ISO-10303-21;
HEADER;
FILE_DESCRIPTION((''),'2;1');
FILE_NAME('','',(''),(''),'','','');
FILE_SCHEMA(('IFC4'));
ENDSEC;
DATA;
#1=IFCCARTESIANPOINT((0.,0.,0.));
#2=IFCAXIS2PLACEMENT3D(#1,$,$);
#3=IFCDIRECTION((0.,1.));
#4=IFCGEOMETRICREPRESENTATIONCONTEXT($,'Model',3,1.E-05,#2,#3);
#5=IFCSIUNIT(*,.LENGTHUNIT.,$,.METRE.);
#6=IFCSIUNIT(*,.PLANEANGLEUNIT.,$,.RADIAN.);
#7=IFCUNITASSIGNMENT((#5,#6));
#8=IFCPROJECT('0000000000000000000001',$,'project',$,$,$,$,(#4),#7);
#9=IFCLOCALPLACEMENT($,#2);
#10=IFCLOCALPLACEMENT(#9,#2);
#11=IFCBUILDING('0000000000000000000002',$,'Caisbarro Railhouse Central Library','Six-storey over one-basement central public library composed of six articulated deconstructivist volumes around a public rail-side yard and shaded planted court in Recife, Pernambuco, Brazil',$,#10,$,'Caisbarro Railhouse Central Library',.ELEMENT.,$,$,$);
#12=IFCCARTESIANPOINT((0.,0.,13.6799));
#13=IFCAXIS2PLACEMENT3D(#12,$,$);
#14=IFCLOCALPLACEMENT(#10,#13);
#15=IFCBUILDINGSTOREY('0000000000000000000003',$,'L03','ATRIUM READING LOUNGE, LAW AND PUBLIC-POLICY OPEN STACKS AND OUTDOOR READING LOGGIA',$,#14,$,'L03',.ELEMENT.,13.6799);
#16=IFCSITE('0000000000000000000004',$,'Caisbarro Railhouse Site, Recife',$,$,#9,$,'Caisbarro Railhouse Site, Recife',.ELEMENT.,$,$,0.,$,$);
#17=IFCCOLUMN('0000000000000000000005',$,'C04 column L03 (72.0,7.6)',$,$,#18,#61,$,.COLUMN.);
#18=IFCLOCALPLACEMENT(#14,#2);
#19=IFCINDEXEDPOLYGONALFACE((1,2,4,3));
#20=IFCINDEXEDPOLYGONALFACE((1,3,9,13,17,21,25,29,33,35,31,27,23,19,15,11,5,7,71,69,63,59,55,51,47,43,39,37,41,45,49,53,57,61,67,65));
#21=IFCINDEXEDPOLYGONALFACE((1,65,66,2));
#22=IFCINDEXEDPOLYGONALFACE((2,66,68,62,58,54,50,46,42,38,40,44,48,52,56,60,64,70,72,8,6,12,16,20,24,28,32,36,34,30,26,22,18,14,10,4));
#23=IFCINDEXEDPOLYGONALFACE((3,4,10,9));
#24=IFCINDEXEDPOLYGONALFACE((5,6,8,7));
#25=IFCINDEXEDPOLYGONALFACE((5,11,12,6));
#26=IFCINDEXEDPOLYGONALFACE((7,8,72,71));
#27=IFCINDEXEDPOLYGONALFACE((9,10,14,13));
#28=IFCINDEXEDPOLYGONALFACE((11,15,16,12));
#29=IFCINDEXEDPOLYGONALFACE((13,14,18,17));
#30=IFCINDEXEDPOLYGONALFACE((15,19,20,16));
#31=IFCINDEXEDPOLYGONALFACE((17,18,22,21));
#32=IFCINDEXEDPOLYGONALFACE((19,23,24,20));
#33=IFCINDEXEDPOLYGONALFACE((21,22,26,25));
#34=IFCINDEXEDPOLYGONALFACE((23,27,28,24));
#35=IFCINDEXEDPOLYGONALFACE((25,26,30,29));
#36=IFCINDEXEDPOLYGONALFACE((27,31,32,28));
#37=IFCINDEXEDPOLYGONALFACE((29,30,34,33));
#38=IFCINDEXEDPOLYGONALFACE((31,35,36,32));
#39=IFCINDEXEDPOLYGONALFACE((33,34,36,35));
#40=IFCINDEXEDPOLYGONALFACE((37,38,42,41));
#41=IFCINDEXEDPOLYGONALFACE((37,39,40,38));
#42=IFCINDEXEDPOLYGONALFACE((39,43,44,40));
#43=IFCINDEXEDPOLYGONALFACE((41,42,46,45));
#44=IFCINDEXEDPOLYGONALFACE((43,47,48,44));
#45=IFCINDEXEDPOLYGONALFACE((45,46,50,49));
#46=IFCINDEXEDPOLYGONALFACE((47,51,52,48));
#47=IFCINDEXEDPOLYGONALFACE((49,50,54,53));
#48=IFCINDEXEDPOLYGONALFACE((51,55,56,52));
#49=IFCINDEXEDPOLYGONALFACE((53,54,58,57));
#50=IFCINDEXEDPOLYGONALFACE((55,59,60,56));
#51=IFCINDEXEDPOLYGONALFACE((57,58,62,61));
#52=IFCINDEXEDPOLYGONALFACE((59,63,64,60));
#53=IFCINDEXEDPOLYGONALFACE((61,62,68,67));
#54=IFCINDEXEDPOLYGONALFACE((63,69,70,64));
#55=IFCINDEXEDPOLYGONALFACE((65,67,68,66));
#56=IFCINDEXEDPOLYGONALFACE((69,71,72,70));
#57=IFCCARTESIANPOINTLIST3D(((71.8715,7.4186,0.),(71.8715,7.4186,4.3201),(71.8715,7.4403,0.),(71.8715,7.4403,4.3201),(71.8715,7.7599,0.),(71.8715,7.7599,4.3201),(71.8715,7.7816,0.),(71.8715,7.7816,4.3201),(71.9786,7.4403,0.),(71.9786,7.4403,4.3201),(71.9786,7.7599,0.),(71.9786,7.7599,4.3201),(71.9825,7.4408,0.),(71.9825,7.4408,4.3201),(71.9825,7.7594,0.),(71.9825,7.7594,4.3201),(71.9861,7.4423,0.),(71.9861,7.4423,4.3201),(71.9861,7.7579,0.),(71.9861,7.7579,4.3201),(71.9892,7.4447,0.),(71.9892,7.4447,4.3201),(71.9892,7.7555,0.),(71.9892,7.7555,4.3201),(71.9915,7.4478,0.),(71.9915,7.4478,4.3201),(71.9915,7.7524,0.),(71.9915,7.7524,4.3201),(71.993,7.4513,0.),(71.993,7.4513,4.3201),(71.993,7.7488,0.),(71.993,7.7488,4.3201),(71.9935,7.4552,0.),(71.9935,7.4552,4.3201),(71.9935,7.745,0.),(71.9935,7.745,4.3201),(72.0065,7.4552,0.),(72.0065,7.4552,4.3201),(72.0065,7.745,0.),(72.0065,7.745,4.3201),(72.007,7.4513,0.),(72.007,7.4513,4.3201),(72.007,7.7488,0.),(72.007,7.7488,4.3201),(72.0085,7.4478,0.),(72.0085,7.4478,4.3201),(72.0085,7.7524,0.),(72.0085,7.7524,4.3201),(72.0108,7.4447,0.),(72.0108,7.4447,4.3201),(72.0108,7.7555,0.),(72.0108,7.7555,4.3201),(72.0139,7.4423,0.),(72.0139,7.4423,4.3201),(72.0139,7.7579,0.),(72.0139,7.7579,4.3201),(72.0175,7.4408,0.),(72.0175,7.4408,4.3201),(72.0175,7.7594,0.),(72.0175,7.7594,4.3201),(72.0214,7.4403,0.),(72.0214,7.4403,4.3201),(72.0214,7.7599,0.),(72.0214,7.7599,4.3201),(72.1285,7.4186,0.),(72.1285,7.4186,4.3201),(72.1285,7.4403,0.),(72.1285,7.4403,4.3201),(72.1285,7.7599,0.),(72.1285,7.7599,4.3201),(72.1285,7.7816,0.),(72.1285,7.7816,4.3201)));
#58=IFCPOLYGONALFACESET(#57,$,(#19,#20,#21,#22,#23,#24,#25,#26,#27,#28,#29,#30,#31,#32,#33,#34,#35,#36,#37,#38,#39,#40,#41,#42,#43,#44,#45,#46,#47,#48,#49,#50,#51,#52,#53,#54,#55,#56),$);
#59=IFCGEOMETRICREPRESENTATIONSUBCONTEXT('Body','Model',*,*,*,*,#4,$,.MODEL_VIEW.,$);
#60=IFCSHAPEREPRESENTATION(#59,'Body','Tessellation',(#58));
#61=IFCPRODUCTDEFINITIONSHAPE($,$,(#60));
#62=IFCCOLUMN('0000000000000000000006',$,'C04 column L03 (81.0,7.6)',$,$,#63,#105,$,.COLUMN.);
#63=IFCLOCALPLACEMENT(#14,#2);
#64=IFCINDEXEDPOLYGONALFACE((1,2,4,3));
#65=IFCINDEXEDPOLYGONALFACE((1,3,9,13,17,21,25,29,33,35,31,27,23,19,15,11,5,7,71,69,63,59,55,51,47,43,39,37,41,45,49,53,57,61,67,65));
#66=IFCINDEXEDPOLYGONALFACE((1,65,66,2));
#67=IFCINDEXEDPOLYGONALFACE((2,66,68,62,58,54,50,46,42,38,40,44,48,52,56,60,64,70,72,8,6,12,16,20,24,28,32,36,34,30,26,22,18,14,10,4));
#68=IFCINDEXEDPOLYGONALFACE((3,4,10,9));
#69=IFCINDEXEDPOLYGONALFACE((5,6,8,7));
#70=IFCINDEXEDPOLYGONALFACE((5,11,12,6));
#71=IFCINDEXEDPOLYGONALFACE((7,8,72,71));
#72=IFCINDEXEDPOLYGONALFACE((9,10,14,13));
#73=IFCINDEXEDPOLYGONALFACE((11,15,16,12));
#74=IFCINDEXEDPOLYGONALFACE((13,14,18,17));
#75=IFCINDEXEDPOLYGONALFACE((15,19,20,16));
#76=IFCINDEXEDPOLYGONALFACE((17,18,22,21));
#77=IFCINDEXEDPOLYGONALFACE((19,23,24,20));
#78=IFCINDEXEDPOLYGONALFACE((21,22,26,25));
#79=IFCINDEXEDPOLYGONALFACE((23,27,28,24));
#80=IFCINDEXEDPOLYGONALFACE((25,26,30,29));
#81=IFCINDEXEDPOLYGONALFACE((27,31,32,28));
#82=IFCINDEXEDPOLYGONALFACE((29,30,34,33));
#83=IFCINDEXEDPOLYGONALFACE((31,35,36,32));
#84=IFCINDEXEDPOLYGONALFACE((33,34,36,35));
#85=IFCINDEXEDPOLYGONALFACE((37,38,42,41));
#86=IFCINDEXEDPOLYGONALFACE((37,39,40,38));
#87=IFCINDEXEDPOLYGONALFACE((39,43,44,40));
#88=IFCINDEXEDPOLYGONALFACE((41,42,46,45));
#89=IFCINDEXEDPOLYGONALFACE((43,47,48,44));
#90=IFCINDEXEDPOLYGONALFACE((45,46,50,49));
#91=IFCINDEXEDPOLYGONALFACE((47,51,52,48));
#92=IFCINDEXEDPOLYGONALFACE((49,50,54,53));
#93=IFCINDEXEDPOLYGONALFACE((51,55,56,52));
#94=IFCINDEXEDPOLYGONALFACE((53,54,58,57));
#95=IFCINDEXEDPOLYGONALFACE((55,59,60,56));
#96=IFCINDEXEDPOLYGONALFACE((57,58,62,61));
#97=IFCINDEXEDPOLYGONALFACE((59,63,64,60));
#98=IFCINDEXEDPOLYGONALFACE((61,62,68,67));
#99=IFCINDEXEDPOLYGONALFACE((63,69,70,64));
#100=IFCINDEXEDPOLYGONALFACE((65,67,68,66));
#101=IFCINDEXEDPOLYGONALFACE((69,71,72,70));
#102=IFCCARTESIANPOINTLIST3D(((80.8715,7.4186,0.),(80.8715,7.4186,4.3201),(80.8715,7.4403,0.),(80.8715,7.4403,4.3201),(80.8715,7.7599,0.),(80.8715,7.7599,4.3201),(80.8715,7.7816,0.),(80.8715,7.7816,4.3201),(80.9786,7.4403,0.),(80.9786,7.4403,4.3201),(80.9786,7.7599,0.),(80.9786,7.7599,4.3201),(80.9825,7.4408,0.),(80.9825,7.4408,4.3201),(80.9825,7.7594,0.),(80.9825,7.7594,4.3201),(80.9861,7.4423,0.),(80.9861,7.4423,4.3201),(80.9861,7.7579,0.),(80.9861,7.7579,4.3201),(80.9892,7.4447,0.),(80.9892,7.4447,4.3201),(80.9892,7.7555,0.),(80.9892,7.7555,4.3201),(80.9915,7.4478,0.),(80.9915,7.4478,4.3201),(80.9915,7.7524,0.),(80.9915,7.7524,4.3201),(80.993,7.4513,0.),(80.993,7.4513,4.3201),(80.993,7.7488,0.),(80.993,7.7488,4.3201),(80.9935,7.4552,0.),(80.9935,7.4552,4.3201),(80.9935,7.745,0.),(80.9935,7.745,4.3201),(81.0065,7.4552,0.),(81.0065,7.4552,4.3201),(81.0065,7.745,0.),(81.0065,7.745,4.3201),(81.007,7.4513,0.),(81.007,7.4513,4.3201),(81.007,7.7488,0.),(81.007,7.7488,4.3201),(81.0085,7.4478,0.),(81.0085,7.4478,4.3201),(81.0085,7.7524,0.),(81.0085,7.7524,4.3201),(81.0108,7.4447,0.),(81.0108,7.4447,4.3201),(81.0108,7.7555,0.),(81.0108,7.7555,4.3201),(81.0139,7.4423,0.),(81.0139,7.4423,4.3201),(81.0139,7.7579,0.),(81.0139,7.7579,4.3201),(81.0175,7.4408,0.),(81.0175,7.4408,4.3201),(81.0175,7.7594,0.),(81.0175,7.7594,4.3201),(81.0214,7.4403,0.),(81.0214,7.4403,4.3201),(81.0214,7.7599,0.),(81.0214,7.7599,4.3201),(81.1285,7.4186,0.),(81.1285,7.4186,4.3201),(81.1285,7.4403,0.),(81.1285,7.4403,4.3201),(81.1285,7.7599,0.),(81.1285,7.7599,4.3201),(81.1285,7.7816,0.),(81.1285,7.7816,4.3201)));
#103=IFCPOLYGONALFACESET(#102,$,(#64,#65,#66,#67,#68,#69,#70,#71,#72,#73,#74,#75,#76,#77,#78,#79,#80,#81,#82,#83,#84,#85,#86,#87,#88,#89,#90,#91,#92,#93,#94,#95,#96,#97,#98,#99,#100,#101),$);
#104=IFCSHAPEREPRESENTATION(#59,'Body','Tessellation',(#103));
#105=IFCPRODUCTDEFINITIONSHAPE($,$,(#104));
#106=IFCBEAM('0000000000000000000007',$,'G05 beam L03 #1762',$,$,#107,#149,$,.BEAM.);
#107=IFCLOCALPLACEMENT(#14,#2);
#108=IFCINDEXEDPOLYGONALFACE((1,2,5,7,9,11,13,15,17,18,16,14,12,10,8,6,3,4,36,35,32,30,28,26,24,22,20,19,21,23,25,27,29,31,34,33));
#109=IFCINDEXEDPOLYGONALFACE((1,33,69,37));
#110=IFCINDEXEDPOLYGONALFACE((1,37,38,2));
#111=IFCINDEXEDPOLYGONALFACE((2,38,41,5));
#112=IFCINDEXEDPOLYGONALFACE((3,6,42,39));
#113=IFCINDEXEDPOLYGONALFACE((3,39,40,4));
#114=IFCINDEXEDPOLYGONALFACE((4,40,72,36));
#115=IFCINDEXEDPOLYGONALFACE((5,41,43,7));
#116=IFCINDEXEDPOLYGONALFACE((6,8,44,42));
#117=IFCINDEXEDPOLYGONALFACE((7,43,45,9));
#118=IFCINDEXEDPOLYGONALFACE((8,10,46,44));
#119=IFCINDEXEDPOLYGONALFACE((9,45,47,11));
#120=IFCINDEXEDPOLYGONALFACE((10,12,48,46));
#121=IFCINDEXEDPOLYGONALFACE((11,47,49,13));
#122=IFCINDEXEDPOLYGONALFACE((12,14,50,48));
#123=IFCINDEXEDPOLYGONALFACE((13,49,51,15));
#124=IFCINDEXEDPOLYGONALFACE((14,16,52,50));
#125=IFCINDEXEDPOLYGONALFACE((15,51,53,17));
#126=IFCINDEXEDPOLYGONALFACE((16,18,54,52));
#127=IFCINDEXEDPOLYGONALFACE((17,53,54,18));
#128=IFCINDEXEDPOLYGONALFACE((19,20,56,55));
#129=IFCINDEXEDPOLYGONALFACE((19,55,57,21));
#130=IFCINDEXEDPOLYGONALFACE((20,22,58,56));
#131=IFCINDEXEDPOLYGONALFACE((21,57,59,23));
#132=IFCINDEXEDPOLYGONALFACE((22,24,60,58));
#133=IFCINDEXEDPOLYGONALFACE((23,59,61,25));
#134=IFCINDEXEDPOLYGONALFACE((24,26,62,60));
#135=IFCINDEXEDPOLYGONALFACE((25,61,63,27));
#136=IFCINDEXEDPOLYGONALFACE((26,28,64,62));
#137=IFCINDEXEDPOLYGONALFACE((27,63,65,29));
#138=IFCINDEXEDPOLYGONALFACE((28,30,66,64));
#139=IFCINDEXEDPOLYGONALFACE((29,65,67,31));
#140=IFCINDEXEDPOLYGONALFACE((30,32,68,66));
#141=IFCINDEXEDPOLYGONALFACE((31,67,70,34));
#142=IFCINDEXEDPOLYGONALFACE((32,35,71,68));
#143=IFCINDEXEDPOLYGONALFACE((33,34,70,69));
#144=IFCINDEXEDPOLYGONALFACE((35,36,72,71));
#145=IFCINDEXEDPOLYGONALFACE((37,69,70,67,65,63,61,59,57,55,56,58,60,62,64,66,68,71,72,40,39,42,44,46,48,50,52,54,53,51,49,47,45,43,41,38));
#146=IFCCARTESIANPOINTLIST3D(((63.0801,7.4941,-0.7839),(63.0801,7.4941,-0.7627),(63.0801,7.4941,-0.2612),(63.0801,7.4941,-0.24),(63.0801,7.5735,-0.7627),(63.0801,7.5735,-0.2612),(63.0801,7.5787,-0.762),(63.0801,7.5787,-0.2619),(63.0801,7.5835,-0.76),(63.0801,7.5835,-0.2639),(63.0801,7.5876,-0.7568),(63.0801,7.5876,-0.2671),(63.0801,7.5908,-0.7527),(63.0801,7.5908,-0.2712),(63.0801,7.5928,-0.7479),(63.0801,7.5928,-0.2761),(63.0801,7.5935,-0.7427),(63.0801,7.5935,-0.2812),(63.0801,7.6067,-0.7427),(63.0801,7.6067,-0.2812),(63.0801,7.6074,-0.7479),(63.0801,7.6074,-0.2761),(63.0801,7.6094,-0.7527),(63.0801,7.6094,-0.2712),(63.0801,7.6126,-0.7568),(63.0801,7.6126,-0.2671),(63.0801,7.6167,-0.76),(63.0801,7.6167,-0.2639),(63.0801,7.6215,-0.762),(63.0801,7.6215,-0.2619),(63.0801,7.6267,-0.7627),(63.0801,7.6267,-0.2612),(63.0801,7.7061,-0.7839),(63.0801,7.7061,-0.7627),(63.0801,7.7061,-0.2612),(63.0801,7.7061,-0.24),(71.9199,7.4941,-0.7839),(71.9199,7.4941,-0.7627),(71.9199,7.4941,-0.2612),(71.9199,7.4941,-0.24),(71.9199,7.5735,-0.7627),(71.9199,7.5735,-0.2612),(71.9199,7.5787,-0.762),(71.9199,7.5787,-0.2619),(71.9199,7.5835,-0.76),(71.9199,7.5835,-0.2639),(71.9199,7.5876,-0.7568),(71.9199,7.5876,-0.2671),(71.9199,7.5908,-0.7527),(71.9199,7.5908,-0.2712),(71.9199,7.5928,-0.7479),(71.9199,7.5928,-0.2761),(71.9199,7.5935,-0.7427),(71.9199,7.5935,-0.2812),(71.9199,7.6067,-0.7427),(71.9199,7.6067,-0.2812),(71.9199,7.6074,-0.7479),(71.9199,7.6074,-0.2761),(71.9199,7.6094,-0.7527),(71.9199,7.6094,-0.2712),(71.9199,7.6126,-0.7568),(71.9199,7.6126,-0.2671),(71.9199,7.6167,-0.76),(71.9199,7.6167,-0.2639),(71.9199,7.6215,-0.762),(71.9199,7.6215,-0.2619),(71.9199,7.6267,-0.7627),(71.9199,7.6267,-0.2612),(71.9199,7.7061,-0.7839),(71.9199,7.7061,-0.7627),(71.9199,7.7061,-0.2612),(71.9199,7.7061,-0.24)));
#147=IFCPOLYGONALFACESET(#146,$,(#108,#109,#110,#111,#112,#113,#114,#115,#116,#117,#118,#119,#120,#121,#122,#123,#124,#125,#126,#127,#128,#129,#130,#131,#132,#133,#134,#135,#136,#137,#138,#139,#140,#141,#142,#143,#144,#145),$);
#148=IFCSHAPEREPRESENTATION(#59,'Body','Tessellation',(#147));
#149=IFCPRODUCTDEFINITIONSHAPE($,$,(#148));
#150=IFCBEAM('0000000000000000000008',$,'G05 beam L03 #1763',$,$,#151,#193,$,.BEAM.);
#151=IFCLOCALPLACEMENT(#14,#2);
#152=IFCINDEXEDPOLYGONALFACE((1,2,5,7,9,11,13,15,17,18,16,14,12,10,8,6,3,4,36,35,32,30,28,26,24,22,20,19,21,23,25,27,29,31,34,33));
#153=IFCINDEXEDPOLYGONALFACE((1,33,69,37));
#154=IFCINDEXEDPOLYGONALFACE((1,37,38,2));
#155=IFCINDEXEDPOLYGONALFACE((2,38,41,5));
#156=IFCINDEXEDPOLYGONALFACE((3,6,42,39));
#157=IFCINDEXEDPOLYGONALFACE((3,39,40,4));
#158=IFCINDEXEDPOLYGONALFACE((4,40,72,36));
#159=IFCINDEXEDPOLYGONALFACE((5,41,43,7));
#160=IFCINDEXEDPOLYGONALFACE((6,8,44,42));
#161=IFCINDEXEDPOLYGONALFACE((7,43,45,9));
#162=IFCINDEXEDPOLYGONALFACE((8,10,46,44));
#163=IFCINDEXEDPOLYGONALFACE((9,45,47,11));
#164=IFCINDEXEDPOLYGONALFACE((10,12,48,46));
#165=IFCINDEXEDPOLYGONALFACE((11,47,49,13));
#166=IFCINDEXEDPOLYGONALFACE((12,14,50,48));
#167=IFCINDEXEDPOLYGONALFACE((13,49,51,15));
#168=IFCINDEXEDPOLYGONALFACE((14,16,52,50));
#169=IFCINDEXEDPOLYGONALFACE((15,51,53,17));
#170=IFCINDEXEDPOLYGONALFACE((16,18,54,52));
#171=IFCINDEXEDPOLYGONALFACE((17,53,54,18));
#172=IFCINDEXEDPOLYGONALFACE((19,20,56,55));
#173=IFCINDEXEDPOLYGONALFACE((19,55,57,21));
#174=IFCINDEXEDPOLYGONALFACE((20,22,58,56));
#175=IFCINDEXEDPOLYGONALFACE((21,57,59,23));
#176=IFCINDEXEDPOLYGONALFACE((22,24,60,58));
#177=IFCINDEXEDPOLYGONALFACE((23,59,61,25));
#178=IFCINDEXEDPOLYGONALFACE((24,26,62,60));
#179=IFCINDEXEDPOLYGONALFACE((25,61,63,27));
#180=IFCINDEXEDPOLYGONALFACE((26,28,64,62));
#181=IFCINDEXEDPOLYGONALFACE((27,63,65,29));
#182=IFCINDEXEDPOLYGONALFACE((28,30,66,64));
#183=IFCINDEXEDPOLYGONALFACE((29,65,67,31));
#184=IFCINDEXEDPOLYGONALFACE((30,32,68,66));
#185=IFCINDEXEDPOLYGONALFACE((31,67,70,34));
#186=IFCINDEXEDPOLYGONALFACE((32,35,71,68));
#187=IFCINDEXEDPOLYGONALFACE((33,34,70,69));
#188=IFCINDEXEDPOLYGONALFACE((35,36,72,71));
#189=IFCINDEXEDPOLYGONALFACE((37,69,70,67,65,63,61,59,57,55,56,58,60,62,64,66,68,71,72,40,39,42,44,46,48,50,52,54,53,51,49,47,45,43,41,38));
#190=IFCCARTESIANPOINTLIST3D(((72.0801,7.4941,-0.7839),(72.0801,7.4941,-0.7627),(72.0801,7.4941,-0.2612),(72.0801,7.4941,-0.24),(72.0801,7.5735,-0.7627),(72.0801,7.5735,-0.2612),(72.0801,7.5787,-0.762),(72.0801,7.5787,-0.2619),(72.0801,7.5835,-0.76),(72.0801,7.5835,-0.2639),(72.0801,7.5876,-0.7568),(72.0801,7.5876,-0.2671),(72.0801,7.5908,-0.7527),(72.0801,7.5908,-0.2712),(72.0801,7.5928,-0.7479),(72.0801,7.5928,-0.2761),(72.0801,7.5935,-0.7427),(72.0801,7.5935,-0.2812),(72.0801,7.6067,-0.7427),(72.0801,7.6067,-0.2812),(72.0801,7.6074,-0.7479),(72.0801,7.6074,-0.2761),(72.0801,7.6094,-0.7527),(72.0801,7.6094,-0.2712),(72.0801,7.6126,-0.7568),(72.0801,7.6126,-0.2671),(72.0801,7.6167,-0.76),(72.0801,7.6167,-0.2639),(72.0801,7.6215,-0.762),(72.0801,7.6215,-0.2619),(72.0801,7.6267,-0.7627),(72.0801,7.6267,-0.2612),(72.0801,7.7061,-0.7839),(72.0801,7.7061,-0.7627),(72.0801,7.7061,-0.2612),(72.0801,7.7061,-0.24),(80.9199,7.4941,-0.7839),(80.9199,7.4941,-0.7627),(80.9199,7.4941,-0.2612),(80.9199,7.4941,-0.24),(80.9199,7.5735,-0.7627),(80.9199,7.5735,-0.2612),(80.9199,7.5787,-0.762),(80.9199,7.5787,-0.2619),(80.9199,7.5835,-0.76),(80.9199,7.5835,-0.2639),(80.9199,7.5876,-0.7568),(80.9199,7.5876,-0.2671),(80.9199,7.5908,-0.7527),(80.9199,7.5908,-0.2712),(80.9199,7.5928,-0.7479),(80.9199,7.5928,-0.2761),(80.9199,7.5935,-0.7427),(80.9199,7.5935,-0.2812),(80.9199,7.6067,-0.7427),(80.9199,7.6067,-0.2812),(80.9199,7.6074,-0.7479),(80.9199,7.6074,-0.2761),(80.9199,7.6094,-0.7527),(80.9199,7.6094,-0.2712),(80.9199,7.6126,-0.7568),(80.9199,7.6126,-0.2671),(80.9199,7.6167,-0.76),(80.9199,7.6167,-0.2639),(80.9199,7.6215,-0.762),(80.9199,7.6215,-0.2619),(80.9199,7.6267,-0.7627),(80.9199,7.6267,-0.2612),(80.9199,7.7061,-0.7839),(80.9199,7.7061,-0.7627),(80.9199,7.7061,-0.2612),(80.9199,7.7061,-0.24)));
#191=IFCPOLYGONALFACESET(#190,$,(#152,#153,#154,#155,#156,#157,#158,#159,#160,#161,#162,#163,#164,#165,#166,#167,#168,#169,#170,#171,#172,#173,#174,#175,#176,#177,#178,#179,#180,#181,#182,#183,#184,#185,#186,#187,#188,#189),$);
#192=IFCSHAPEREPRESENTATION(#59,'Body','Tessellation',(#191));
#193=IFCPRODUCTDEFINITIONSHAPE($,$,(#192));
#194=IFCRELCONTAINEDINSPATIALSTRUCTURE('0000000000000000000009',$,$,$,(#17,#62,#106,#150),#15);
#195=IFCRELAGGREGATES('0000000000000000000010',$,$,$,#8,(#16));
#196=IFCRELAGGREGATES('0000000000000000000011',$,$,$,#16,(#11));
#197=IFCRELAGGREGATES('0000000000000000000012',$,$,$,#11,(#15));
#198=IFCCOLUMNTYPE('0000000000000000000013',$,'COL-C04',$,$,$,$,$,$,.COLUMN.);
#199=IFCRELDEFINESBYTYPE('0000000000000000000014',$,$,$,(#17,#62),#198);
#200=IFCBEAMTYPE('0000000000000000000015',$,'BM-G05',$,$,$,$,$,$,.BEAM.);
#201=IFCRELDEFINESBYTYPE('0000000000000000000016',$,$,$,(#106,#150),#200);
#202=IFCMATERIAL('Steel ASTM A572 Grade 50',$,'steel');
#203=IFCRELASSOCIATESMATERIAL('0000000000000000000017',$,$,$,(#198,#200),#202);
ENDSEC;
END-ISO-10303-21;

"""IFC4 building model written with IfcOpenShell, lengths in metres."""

from ifc_helpers import new_model, si_unit, direction, frame, origin, origin_2d, place, context, subcontext, project, spatial, i_section, extrude, material, material_profile, profile_set, type_object, element, save


model = new_model("IFC4")

# Units and contexts
model_context = context("Model", 3, precision=1e-05, world=origin(), true_north=direction((0.0, 1.0)))
body_context = subcontext(model_context, "Body", "Model", "MODEL_VIEW")
ifc_project = project(units=[si_unit("LENGTHUNIT", "METRE"), si_unit("PLANEANGLEUNIT", "RADIAN")], contexts=[model_context])

# Site, building, storey
site_placement = place(None, origin())
site = spatial("IfcSite", under=ifc_project, at=site_placement, Name="Caisbarro Railhouse Site, Recife", LongName="Caisbarro Railhouse Site, Recife", CompositionType="ELEMENT", RefElevation=0.0)
building_placement = place(site_placement, origin())
building = spatial("IfcBuilding", under=site, at=building_placement, Name="Caisbarro Railhouse Central Library", Description="Six-storey over one-basement central public library composed of six articulated deconstructivist volumes around a public rail-side yard and shaded planted court in Recife, Pernambuco, Brazil", LongName="Caisbarro Railhouse Central Library", CompositionType="ELEMENT")
storey_placement = place(building_placement, frame((0.0, 0.0, 13.6799)))
storey = spatial("IfcBuildingStorey", under=building, at=storey_placement, Name="L03", Description="ATRIUM READING LOUNGE, LAW AND PUBLIC-POLICY OPEN STACKS AND OUTDOOR READING LOGGIA", LongName="L03", CompositionType="ELEMENT", Elevation=13.6799)

# Columns
ifc_material_1 = material(Name="Steel ASTM A572 Grade 50", Category="steel")
ifc_material_profile_1 = material_profile(ifc_material_1, i_section(OverallWidth=0.2571, OverallDepth=0.363, WebThickness=0.0129, FlangeThickness=0.0217, FilletRadius=0.0149, at=origin_2d()), Name="W360X122.0")
ifc_profile_set_1 = profile_set([ifc_material_profile_1], Name="Steel ASTM A572 Grade 50")
column_type = type_object("IfcColumnType", Name="COL-C04", PredefinedType="COLUMN", material=ifc_profile_set_1)
for number, where, z_axis, x_axis, name in (
    (1, (72.0, 7.6001, 0.0), (0.0, 0.0, 1.0), (1.0, 0.0, 0.0), "C04 column L03 (72.0,7.6)"),
    (2, (81.0, 7.6001, 0.0), (0.0, 0.0, 1.0), (1.0, 0.0, 0.0), "C04 column L03 (81.0,7.6)"),
):
    element("IfcColumn", number, at=place(storey_placement, frame(where, z_axis=z_axis, x_axis=x_axis)), inside=storey, type_object=column_type, Name=name, PredefinedType="COLUMN", context=body_context, shape_type="SweptSolid", body=[
        extrude(i_section(OverallWidth=0.2571, OverallDepth=0.363, WebThickness=0.0129, FlangeThickness=0.0217, FilletRadius=0.0149, at=origin_2d()), origin(), (0.0, 0.0, 1.0), 4.3201),
    ])

# Beams
ifc_material_profile_2 = material_profile(ifc_material_1, i_section(OverallWidth=0.2119, OverallDepth=0.5439, WebThickness=0.0132, FlangeThickness=0.0212, FilletRadius=0.02, at=origin_2d()), Name="W530X123.0")
ifc_profile_set_2 = profile_set([ifc_material_profile_2], Name="Steel ASTM A572 Grade 50")
beam_type_1 = type_object("IfcBeamType", Name="BM-G05", PredefinedType="BEAM", material=ifc_profile_set_2)
for number, where, z_axis, x_axis, name in (
    (3, (63.0801, 7.6001, -0.512), (1.0, 0.0, 0.0), (0.0, 1.0, 0.0), "G05 beam L03 #1762"),
    (4, (72.0801, 7.6001, -0.512), (1.0, 0.0, 0.0), (0.0, 1.0, 0.0), "G05 beam L03 #1763"),
):
    element("IfcBeam", number, at=place(storey_placement, frame(where, z_axis=z_axis, x_axis=x_axis)), inside=storey, type_object=beam_type_1, Name=name, PredefinedType="BEAM", context=body_context, shape_type="SweptSolid", body=[
        extrude(i_section(OverallWidth=0.2119, OverallDepth=0.5439, WebThickness=0.0132, FlangeThickness=0.0212, FilletRadius=0.02, at=origin_2d()), origin(), (0.0, 0.0, 1.0), 8.8398),
    ])

save(model, "model.ifc")
